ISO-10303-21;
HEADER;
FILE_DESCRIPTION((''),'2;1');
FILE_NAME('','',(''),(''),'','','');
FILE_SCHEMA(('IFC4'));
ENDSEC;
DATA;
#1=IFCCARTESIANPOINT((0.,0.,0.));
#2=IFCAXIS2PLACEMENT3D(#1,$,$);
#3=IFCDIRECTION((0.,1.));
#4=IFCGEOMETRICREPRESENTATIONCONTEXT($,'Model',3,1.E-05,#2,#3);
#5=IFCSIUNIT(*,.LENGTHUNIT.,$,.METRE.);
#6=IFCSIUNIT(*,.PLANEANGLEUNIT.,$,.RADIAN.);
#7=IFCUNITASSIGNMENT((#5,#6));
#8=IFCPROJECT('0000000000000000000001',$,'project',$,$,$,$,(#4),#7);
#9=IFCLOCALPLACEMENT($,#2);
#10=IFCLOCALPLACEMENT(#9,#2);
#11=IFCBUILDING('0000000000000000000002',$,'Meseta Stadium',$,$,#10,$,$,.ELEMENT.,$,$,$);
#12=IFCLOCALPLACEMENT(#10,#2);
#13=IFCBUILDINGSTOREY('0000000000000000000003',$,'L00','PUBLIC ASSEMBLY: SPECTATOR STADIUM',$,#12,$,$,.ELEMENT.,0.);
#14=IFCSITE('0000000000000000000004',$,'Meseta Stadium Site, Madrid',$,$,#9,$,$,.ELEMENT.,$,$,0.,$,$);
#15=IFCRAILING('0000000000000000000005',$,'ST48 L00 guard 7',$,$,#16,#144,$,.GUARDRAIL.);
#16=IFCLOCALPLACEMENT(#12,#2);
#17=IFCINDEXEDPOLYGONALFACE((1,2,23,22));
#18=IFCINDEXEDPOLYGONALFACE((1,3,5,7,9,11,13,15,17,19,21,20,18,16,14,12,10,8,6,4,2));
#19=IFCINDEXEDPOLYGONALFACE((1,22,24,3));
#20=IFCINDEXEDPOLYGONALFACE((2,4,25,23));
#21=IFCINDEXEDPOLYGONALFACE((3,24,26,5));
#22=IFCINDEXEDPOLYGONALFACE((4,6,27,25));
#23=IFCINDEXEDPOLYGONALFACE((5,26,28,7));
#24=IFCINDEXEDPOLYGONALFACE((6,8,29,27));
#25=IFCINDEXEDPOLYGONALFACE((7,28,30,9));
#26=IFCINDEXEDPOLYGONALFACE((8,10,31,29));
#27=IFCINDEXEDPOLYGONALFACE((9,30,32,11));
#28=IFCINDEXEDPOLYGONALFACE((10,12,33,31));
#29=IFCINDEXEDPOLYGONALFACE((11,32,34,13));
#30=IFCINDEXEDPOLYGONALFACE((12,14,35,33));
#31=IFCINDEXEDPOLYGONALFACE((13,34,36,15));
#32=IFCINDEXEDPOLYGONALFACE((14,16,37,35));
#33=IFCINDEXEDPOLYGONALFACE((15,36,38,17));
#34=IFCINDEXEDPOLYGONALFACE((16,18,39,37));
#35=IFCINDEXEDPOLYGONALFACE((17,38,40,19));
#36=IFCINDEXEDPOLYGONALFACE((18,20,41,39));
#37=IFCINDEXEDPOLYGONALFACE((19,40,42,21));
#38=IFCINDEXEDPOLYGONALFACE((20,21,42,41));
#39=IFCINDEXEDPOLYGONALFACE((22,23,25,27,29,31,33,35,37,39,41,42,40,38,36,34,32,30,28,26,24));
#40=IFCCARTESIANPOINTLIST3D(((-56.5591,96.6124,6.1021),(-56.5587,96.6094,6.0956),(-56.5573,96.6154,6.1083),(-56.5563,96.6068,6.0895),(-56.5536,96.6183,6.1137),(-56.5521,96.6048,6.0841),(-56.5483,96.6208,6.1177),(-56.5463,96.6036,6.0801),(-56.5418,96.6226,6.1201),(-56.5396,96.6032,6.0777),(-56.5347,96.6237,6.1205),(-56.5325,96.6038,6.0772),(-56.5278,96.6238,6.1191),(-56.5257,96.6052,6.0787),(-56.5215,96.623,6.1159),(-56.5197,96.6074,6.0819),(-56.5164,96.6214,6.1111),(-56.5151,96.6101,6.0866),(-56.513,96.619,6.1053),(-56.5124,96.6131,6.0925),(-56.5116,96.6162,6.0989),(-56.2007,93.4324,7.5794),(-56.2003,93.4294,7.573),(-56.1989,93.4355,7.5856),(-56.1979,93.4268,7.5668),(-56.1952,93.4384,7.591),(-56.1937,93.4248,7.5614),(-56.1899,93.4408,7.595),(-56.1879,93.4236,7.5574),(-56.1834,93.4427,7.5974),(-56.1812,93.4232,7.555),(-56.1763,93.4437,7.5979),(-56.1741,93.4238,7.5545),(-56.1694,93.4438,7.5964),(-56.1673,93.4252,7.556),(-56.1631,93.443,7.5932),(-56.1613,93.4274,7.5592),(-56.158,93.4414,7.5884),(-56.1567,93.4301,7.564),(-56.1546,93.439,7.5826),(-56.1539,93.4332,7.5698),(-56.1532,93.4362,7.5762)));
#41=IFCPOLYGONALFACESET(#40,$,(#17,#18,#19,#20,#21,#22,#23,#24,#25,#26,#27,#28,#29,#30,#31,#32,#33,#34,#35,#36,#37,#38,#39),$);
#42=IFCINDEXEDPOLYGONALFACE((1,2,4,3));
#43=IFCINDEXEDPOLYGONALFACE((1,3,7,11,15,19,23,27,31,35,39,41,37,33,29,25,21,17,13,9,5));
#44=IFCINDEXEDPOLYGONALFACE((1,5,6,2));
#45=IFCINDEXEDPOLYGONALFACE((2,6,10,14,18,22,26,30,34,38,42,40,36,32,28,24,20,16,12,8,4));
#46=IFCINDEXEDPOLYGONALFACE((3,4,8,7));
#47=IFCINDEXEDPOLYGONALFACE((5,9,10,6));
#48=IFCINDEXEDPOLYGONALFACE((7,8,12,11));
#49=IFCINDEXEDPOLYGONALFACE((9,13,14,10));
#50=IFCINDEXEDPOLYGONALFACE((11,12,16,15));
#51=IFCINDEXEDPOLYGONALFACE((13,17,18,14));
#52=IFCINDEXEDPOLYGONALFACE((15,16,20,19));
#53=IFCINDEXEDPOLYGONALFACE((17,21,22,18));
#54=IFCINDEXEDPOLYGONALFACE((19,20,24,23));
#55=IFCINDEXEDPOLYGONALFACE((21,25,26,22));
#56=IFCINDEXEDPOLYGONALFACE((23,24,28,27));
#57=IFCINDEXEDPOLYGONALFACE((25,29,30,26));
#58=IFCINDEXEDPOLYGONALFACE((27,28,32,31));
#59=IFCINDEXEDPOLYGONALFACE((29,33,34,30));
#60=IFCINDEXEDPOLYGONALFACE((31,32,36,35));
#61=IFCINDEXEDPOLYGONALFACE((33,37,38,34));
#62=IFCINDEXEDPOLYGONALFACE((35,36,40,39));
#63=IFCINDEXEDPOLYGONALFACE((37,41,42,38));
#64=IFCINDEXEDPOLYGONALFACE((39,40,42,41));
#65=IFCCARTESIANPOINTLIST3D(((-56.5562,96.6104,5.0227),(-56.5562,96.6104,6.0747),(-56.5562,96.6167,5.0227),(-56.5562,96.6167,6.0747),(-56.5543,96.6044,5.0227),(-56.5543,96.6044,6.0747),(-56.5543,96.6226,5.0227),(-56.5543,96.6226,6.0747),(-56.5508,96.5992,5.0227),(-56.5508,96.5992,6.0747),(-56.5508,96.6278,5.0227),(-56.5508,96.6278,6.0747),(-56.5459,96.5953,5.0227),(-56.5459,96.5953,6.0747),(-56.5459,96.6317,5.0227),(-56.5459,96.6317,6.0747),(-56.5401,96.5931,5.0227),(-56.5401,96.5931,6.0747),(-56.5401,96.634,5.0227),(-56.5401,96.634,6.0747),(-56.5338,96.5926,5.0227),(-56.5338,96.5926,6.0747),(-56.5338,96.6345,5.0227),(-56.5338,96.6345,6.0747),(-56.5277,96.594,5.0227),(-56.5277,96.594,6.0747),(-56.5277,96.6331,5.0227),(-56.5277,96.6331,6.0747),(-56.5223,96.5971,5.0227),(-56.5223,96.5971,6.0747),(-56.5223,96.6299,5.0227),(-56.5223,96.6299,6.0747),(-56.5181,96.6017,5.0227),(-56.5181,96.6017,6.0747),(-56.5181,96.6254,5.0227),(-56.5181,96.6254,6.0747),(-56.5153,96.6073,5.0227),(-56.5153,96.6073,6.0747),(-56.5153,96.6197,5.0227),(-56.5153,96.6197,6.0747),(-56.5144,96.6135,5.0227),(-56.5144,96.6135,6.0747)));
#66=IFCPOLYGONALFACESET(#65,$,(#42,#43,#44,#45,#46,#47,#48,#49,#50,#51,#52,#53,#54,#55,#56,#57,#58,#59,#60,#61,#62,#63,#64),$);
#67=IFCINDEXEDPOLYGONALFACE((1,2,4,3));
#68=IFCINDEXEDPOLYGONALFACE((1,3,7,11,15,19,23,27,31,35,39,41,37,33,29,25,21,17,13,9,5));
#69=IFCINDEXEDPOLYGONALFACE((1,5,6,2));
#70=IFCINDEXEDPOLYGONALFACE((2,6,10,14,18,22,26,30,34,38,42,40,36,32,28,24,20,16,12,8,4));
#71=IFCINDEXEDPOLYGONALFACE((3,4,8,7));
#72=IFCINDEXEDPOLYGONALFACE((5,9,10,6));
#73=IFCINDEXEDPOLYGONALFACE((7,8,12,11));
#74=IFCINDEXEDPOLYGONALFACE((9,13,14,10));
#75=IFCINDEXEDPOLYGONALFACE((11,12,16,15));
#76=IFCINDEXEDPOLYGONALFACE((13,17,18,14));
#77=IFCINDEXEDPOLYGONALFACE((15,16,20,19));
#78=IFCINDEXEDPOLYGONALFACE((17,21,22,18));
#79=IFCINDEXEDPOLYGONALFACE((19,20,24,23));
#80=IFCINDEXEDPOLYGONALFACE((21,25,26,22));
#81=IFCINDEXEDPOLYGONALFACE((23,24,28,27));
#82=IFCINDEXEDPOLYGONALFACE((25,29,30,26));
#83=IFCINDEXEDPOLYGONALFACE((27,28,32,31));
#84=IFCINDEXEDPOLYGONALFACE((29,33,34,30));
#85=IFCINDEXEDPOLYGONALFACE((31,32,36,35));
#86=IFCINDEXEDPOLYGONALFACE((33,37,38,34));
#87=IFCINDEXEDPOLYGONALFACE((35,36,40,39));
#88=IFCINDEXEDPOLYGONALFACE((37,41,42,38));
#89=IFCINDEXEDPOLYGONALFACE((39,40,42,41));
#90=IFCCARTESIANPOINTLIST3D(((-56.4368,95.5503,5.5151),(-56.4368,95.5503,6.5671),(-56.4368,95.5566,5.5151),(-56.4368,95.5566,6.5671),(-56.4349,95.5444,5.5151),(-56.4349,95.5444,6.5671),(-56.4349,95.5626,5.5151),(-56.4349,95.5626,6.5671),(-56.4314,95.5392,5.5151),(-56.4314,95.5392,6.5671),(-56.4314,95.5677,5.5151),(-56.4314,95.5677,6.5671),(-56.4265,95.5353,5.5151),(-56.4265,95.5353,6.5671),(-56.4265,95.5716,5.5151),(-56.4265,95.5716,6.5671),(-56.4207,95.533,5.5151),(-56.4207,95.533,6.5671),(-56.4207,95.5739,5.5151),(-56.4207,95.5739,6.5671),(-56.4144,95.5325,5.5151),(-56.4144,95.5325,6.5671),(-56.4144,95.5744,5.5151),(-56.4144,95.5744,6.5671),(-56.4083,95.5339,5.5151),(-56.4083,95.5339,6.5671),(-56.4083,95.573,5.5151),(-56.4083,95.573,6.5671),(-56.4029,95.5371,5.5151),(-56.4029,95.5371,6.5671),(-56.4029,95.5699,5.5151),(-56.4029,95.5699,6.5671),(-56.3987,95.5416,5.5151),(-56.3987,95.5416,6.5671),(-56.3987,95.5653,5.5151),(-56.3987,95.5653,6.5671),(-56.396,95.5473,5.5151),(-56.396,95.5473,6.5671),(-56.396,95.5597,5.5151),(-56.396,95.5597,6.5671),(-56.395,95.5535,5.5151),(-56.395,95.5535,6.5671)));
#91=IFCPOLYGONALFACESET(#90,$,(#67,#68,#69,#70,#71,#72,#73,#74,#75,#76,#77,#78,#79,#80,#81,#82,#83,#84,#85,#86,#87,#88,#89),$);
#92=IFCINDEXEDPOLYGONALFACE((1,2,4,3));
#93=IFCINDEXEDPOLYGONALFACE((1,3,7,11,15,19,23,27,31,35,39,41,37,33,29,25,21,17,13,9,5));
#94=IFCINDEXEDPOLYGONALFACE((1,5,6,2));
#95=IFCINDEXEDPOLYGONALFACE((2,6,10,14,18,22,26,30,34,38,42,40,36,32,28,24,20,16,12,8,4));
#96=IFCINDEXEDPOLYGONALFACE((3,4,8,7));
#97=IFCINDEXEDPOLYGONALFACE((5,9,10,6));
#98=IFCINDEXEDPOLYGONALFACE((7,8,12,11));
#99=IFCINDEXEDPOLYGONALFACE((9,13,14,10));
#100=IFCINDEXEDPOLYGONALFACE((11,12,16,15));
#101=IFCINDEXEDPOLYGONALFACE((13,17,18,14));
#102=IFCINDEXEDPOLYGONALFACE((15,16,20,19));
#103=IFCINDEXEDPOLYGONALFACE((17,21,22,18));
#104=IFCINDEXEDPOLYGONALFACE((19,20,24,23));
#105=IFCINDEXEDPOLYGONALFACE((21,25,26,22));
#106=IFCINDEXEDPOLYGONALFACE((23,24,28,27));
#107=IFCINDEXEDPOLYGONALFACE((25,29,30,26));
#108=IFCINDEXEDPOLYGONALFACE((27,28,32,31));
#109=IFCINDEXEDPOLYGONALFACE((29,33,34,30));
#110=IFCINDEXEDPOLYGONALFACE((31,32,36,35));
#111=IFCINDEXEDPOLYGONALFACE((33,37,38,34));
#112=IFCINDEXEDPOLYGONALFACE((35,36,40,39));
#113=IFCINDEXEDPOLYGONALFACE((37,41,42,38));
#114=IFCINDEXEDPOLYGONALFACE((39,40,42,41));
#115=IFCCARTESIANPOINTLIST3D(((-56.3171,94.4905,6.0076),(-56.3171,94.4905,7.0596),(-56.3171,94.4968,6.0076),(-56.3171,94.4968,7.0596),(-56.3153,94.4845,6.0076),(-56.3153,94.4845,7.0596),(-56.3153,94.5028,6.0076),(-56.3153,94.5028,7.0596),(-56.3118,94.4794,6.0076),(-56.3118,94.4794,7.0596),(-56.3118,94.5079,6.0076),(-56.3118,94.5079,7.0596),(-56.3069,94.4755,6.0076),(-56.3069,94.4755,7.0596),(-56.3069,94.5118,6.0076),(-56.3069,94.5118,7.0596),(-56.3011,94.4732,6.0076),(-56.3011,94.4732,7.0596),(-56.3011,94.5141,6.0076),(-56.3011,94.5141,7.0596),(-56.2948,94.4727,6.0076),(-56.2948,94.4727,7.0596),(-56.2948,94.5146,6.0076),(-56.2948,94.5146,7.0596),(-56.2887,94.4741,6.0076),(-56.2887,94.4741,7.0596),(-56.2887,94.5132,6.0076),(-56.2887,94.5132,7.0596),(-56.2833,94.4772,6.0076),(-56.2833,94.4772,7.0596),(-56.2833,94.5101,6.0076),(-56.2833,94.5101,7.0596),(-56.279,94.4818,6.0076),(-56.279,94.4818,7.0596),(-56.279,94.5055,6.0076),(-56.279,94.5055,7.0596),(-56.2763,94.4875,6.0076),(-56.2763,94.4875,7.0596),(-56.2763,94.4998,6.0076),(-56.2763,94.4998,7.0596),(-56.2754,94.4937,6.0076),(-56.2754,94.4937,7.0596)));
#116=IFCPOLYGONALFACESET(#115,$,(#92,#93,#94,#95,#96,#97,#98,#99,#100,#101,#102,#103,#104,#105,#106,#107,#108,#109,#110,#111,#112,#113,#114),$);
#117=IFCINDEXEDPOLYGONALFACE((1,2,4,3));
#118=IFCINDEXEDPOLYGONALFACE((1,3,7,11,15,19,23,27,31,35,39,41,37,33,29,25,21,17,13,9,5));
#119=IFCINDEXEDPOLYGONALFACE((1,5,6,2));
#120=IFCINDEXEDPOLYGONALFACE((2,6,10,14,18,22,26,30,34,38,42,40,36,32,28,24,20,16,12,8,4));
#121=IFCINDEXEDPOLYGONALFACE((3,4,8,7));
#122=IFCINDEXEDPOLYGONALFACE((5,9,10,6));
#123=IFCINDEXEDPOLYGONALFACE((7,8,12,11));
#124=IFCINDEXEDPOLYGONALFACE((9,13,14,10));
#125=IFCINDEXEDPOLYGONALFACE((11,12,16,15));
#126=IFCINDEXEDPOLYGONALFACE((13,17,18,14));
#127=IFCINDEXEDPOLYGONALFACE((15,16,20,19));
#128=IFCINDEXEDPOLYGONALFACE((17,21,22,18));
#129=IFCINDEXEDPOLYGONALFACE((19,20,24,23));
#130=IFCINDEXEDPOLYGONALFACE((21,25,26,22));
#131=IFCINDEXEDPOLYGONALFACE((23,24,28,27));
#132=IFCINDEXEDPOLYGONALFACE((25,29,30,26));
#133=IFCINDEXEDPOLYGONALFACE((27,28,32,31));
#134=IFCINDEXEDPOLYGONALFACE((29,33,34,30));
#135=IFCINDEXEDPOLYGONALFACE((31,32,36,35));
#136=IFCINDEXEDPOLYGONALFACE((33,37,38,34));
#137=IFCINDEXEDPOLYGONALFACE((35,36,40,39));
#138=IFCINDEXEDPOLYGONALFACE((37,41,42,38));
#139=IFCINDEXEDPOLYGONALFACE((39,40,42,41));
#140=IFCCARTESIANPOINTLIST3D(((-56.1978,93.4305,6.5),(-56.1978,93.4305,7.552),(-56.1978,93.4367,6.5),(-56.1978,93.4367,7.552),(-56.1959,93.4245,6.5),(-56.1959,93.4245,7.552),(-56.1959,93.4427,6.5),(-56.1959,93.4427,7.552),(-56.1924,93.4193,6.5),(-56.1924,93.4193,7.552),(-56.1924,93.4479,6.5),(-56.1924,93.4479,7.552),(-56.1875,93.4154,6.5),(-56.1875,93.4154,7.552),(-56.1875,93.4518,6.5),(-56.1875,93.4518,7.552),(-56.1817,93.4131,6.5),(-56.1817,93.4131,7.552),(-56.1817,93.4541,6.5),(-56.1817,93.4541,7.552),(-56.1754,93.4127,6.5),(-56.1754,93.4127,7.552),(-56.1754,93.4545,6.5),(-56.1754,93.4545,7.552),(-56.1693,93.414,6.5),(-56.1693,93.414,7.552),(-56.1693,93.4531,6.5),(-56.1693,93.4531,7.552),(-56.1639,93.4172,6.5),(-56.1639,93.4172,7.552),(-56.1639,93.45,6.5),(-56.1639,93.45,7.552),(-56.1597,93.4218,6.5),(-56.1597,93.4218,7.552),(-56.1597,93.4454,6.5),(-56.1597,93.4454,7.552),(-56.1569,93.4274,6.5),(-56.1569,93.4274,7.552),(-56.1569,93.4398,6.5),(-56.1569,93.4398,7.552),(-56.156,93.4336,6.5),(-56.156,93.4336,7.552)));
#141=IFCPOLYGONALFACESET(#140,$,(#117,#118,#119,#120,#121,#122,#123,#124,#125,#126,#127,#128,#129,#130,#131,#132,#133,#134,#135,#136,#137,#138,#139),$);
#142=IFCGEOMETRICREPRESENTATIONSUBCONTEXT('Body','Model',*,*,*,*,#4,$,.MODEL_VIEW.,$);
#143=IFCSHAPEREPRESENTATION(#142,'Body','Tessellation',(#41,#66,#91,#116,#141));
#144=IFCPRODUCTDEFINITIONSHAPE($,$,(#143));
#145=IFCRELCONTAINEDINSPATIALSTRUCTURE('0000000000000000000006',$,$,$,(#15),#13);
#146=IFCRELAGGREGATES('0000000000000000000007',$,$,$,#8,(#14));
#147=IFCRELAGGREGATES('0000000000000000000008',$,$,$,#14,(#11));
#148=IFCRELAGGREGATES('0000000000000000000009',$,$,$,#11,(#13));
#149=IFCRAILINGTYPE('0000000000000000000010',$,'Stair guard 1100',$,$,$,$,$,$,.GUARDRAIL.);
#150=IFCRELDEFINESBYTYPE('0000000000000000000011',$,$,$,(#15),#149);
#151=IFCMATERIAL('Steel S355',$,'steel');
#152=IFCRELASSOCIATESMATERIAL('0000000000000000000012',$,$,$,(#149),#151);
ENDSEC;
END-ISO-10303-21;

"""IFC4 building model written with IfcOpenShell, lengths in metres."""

from ifc_helpers import new_model, si_unit, direction, frame, origin, origin_2d, place, context, subcontext, project, spatial, circle, extrude, material, type_object, element, save


model = new_model("IFC4")

# Units and contexts
model_context = context("Model", 3, precision=1e-05, world=origin(), true_north=direction((0.0, 1.0)))
body_context = subcontext(model_context, "Body", "Model", "MODEL_VIEW")
ifc_project = project(units=[si_unit("LENGTHUNIT", "METRE"), si_unit("PLANEANGLEUNIT", "RADIAN")], contexts=[model_context])

# Site, building, storey
site_placement = place(None, origin())
site = spatial("IfcSite", under=ifc_project, at=site_placement, Name="Meseta Stadium Site, Madrid", CompositionType="ELEMENT", RefElevation=0.0)
building_placement = place(site_placement, origin())
building = spatial("IfcBuilding", under=site, at=building_placement, Name="Meseta Stadium", CompositionType="ELEMENT")
storey_placement = place(building_placement, origin())
storey = spatial("IfcBuildingStorey", under=building, at=storey_placement, Name="L00", Description="PUBLIC ASSEMBLY: SPECTATOR STADIUM", CompositionType="ELEMENT", Elevation=0.0)

# Railing
ifc_material_1 = material(Name="Steel S355", Category="steel")
railing_type_1 = type_object("IfcRailingType", Name="Stair guard 1100", PredefinedType="GUARDRAIL", material=ifc_material_1)
railing_1_placement = place(storey_placement, frame((-56.5354, 96.6135, 5.0227)))
element("IfcRailing", 1, at=railing_1_placement, inside=storey, type_object=railing_type_1, Name="ST48 L00 guard 7", PredefinedType="GUARDRAIL", context=body_context, shape_type="SweptSolid", body=[
    extrude(circle(Radius=0.0239, at=origin_2d()), frame((0.0, 0.0, 1.0762), z_axis=(0.101685, -0.90221, 0.419138), x_axis=(0.993709, 0.111997, 0.0)), (0.0, 0.0, 1.0), 3.5247),
    extrude(circle(Radius=0.021, at=origin_2d()), origin(), (0.0, 0.0, 1.0), 1.052),
    extrude(circle(Radius=0.021, at=origin_2d()), frame((0.1194, -1.0601, 0.4924)), (0.0, 0.0, 1.0), 1.052),
    extrude(circle(Radius=0.021, at=origin_2d()), frame((0.239, -2.1199, 0.9849)), (0.0, 0.0, 1.0), 1.052),
    extrude(circle(Radius=0.021, at=origin_2d()), frame((0.3584, -3.1799, 1.4773)), (0.0, 0.0, 1.0), 1.052),
])

save(model, "model.ifc")
